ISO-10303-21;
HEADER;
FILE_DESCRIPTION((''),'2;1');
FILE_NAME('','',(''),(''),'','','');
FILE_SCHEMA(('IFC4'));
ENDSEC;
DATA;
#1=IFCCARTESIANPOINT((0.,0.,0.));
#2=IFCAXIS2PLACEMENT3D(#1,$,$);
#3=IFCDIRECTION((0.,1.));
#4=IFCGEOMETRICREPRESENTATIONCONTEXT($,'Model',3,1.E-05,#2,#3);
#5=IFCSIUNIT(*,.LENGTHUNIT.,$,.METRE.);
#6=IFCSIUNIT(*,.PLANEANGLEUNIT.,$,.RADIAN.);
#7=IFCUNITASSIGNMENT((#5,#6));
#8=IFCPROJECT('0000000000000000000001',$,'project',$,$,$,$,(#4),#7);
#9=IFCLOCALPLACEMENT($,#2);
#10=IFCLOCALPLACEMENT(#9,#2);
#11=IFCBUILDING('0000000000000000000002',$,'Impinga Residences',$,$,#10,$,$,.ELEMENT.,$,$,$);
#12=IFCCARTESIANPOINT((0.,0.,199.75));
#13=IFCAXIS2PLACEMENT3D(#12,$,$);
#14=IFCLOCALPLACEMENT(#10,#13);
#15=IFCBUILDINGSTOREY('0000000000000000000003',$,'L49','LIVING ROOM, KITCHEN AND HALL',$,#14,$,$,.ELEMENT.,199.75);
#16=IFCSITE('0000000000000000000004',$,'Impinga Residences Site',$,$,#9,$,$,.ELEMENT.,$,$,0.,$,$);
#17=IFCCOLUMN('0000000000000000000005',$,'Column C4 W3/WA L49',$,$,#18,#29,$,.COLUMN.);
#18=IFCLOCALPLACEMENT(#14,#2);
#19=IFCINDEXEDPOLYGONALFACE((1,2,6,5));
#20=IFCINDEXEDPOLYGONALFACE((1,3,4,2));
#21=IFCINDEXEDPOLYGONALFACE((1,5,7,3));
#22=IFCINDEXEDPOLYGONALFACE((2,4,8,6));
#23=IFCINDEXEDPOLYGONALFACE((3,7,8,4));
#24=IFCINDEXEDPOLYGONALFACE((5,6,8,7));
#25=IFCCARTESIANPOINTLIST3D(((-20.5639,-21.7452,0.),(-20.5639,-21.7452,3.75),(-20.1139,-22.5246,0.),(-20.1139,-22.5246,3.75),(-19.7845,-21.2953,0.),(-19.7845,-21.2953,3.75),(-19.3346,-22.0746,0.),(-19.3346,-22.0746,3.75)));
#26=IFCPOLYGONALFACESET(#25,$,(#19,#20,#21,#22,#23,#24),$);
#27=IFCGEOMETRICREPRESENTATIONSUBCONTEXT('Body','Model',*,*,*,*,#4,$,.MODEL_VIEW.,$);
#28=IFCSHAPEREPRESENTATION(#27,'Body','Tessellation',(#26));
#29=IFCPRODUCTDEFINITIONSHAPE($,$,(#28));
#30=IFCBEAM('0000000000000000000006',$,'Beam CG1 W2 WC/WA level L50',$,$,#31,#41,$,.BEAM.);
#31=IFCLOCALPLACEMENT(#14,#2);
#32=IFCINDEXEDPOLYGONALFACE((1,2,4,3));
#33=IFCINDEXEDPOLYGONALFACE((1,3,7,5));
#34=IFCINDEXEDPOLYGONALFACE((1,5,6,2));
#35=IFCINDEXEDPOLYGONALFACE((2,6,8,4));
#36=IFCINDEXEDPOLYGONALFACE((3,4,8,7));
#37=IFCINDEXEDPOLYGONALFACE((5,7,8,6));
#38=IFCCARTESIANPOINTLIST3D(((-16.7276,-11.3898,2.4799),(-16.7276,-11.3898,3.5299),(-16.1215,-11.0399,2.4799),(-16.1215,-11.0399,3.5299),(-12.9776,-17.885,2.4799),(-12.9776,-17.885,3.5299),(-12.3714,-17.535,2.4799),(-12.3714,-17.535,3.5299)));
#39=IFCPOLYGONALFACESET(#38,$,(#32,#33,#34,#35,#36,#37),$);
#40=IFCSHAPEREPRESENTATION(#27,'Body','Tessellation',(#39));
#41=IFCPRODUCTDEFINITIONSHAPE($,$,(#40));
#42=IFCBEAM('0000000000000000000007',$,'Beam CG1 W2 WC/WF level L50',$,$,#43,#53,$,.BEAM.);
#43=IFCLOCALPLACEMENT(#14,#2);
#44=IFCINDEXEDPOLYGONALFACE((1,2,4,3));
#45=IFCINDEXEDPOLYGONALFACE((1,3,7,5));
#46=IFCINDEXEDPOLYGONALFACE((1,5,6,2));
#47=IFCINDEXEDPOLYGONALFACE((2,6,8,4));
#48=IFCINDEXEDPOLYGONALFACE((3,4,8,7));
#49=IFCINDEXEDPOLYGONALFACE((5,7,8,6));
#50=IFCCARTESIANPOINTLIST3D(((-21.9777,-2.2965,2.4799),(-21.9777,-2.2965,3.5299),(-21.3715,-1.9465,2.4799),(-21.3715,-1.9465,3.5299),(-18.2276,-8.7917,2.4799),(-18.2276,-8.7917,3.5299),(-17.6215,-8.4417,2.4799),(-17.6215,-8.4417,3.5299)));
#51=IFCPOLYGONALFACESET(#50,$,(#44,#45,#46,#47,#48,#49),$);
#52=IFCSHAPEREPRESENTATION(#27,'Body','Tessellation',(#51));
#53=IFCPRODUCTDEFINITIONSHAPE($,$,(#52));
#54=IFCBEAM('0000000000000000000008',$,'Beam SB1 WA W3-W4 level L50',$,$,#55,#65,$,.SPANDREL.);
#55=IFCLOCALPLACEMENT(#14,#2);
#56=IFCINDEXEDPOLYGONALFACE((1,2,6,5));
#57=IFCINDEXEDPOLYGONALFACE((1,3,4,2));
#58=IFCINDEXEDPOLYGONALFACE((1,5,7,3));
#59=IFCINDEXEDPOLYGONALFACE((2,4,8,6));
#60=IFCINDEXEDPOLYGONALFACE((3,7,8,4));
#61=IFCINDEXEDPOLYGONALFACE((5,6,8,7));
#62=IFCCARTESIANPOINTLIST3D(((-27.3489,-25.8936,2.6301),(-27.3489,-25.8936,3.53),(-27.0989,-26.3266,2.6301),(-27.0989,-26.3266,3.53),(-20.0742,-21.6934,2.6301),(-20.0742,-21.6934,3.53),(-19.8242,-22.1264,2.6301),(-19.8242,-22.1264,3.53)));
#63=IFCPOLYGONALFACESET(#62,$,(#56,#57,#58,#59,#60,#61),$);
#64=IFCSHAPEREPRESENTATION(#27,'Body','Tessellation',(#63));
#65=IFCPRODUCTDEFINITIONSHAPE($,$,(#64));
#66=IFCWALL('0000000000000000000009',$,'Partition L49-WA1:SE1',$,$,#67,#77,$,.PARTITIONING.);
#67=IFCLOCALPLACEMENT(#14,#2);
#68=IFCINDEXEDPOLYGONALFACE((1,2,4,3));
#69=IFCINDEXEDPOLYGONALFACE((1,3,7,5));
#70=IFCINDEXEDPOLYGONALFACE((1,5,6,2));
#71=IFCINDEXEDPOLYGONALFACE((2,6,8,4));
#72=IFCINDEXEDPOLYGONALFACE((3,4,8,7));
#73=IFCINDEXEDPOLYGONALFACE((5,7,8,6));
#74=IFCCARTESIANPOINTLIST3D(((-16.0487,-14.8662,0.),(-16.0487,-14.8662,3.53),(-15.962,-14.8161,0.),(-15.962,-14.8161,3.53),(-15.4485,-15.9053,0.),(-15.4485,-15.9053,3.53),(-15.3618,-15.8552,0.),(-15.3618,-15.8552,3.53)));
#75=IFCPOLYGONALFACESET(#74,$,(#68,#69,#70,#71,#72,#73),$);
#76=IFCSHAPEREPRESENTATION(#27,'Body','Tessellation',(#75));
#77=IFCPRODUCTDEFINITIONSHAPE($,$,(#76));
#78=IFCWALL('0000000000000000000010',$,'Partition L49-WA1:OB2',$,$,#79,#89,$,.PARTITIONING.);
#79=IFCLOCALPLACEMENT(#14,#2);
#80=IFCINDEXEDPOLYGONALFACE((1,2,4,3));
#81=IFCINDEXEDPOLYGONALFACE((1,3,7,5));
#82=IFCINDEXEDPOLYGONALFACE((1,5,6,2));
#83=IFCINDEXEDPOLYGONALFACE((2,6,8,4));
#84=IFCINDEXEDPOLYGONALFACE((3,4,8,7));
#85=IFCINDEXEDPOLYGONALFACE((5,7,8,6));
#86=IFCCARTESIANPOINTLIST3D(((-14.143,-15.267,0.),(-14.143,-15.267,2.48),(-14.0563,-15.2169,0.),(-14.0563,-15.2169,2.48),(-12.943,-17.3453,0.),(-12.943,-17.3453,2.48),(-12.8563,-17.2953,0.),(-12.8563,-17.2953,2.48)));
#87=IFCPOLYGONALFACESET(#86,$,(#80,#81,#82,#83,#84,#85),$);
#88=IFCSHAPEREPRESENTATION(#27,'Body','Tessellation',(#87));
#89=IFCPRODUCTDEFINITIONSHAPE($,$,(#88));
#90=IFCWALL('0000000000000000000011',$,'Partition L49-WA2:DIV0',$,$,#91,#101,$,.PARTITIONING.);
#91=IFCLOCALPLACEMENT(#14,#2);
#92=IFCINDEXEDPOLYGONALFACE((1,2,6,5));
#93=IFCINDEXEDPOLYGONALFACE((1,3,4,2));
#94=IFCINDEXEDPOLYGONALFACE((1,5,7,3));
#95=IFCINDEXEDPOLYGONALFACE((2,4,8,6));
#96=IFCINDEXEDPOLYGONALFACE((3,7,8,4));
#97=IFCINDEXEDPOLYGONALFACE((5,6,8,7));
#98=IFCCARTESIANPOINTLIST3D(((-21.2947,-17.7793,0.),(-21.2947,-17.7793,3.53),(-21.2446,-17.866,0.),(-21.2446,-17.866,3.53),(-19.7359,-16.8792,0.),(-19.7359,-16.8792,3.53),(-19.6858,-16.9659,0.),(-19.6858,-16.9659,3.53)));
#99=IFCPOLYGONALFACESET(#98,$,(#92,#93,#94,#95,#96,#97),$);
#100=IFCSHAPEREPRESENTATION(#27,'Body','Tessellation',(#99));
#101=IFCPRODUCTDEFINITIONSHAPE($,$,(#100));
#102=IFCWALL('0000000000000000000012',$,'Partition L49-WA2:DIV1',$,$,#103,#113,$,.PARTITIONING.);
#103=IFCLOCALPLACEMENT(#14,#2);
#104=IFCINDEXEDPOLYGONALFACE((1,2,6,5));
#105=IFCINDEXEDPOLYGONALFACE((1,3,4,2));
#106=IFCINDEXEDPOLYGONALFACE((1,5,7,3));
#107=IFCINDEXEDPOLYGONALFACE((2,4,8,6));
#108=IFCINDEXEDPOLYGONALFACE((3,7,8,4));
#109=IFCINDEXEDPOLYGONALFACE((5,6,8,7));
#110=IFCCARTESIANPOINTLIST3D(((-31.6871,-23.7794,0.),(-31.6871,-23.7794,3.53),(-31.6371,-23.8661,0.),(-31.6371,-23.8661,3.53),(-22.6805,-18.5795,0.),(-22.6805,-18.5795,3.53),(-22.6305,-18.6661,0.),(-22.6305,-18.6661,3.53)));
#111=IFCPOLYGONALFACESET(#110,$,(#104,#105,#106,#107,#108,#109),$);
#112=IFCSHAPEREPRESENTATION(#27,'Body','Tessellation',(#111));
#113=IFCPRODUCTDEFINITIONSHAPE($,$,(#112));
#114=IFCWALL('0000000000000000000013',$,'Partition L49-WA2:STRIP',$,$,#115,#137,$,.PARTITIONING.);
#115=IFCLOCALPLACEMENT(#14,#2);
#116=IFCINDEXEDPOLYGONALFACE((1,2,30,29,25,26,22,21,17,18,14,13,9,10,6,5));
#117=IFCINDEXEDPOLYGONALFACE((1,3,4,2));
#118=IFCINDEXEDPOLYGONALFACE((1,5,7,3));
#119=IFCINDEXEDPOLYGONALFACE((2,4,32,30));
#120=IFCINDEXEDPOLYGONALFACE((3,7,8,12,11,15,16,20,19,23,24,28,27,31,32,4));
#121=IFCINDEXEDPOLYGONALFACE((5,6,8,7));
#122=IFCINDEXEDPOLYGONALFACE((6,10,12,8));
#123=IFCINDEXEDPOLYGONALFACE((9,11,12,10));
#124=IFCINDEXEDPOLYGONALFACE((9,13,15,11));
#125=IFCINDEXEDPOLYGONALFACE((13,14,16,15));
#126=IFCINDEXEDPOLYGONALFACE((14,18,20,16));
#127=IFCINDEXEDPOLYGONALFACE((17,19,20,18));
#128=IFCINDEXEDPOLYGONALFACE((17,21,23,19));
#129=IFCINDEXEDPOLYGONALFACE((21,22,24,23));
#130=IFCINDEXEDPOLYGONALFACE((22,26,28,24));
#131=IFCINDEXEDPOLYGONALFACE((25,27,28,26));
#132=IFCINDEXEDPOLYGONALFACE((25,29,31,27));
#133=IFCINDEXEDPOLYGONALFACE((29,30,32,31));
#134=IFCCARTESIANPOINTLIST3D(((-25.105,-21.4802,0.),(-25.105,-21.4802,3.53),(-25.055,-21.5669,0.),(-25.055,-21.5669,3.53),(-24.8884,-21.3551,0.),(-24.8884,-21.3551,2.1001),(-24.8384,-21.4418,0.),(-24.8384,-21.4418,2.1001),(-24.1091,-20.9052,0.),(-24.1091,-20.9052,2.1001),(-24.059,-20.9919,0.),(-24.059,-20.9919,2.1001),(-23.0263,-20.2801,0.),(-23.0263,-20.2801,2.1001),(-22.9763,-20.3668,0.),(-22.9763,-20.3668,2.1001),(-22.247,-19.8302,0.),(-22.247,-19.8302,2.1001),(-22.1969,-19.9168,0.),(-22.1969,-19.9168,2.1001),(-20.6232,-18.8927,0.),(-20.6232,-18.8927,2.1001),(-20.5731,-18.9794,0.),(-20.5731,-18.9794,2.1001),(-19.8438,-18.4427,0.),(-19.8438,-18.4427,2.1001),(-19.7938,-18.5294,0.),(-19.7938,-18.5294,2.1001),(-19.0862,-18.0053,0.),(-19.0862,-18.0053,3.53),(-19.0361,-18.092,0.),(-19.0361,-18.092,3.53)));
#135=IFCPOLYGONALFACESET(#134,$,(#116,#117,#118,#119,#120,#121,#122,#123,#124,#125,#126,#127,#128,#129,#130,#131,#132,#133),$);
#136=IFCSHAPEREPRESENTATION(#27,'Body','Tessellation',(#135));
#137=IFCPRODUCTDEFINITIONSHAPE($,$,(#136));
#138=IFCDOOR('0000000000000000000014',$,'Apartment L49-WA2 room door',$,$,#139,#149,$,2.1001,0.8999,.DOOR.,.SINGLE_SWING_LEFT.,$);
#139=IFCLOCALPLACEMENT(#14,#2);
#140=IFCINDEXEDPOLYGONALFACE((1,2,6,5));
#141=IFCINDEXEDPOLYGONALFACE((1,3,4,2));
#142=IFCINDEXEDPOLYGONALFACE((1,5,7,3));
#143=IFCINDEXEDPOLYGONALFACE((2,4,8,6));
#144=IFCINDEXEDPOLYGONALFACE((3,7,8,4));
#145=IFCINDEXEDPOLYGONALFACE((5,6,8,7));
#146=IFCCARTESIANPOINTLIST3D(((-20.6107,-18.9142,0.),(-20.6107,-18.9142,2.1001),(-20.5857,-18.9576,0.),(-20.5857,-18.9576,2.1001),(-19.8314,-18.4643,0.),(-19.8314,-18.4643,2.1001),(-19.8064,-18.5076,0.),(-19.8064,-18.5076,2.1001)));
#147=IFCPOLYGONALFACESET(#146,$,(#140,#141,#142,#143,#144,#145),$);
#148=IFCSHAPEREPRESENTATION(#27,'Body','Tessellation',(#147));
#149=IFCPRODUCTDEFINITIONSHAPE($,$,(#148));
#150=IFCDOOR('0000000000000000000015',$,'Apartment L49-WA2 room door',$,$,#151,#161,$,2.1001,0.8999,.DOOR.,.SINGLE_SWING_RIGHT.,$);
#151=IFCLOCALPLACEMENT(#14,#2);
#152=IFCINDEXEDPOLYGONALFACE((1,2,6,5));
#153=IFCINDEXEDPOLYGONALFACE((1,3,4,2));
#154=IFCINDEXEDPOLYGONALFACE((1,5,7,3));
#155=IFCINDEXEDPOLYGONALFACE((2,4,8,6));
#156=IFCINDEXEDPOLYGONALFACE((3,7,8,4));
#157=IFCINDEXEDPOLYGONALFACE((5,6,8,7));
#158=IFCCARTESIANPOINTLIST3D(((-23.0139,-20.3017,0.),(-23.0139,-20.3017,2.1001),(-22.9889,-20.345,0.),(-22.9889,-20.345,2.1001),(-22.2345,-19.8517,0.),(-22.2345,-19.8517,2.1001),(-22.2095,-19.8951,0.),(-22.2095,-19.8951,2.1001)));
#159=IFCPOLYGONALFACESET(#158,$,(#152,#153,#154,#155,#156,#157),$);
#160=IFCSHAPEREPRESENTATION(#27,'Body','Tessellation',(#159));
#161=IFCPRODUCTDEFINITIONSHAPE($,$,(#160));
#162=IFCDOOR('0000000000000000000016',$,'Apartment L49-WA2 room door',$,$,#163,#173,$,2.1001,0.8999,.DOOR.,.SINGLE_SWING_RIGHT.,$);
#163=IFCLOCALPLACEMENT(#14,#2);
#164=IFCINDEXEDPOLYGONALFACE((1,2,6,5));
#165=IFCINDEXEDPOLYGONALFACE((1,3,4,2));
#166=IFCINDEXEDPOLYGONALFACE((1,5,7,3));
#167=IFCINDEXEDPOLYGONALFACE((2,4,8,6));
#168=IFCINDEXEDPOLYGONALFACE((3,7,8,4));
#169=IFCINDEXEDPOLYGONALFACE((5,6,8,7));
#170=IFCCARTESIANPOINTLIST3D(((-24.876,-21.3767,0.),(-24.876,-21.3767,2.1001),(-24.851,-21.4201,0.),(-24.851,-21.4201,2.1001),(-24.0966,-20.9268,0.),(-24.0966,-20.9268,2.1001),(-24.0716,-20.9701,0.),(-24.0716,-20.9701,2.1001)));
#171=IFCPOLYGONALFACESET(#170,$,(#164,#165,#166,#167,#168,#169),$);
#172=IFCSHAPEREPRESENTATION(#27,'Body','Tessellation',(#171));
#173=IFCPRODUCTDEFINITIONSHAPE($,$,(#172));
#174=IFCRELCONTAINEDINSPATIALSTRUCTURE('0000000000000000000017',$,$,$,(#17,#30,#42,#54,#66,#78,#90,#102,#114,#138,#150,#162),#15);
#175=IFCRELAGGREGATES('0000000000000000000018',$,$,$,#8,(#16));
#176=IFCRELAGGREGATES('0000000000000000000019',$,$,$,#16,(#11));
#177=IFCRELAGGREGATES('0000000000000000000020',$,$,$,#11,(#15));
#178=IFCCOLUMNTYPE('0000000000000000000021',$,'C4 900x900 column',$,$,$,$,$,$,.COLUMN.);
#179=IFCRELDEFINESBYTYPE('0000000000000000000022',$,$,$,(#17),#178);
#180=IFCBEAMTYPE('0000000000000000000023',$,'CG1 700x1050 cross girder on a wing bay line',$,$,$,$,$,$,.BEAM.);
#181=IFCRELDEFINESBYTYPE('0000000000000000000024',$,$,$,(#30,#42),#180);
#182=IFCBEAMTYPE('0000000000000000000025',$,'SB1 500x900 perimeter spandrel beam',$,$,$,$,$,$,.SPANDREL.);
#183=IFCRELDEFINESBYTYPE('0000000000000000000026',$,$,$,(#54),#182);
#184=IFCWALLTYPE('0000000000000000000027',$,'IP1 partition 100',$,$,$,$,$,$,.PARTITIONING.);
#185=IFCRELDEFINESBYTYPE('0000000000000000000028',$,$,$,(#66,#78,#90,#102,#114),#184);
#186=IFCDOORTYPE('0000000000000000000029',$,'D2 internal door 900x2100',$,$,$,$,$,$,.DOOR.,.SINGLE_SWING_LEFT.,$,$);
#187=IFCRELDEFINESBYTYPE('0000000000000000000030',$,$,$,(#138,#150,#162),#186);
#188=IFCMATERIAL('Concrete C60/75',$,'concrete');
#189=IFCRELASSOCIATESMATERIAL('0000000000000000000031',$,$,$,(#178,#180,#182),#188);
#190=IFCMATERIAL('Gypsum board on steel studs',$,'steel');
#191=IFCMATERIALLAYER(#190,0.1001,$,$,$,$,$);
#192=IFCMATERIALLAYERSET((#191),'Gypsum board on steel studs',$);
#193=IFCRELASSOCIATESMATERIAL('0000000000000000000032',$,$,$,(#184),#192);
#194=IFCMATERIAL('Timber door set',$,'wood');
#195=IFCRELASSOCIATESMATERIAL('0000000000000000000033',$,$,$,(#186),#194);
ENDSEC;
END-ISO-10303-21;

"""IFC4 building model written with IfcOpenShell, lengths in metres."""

from ifc_helpers import new_model, si_unit, direction, frame, frame_2d, origin, origin_2d, place, context, subcontext, project, spatial, rectangle, extrude, material, layer, layer_set, material_profile, profile_set, type_object, element, fill, save


model = new_model("IFC4")

# Units and contexts
model_context = context("Model", 3, precision=1e-05, world=origin(), true_north=direction((0.0, 1.0)))
body_context = subcontext(model_context, "Body", "Model", "MODEL_VIEW")
ifc_project = project(units=[si_unit("LENGTHUNIT", "METRE"), si_unit("PLANEANGLEUNIT", "RADIAN")], contexts=[model_context])

# Site, building, storey
site_placement = place(None, origin())
site = spatial("IfcSite", under=ifc_project, at=site_placement, Name="Impinga Residences Site", CompositionType="ELEMENT", RefElevation=0.0)
building_placement = place(site_placement, origin())
building = spatial("IfcBuilding", under=site, at=building_placement, Name="Impinga Residences", CompositionType="ELEMENT")
storey_placement = place(building_placement, frame((0.0, 0.0, 199.75)))
storey = spatial("IfcBuildingStorey", under=building, at=storey_placement, Name="L49", Description="LIVING ROOM, KITCHEN AND HALL", CompositionType="ELEMENT", Elevation=199.75)

# Column
ifc_material_1 = material(Name="Concrete C60/75", Category="concrete")
ifc_material_profile_1 = material_profile(ifc_material_1, rectangle(XDim=0.8999, YDim=0.8999, at=origin_2d()), Name="RC 900x900")
ifc_profile_set_1 = profile_set([ifc_material_profile_1], Name="Concrete C60/75")
column_type = type_object("IfcColumnType", Name="C4 900x900 column", PredefinedType="COLUMN", material=ifc_profile_set_1)
column_placement = place(storey_placement, frame((-19.9492, -21.9099, 0.0), z_axis=(0.0, 0.0, 1.0), x_axis=(-0.5, 0.866025, 0.0)))
element("IfcColumn", 1, at=column_placement, inside=storey, type_object=column_type, Name="Column C4 W3/WA L49", PredefinedType="COLUMN", context=body_context, shape_type="SweptSolid", body=[
    extrude(rectangle(XDim=0.8999, YDim=0.8999, at=origin_2d()), origin(), (0.0, 0.0, 1.0), 3.75),
])

# Beams
ifc_material_profile_2 = material_profile(ifc_material_1, rectangle(XDim=0.7, YDim=1.05, at=origin_2d()), Name="RC 700x1050")
ifc_profile_set_2 = profile_set([ifc_material_profile_2], Name="Concrete C60/75")
beam_type_1 = type_object("IfcBeamType", Name="CG1 700x1050 cross girder on a wing bay line", PredefinedType="BEAM", material=ifc_profile_set_2)
for number, where, z_axis, x_axis, name in (
    (2, (-16.4246, -11.2148, 3.0049), (0.500004, -0.866023, 0.0), (0.866023, 0.500004, 0.0), "Beam CG1 W2 WC/WA level L50"),
    (3, (-17.9246, -8.6167, 3.0049), (-0.500004, 0.866023, 0.0), (-0.866023, -0.500004, 0.0), "Beam CG1 W2 WC/WF level L50"),
):
    element("IfcBeam", number, at=place(storey_placement, frame(where, z_axis=z_axis, x_axis=x_axis)), inside=storey, type_object=beam_type_1, Name=name, PredefinedType="BEAM", context=body_context, shape_type="SweptSolid", body=[
        extrude(rectangle(XDim=0.7, YDim=1.05, at=origin_2d()), origin(), (0.0, 0.0, 1.0), 7.5),
    ])
ifc_material_profile_3 = material_profile(ifc_material_1, rectangle(XDim=0.5, YDim=0.8999, at=origin_2d()), Name="RC 500x900")
ifc_profile_set_3 = profile_set([ifc_material_profile_3], Name="Concrete C60/75")
beam_type_2 = type_object("IfcBeamType", Name="SB1 500x900 perimeter spandrel beam", PredefinedType="SPANDREL", material=ifc_profile_set_3)
beam_placement = place(storey_placement, frame((-19.9492, -21.9099, 3.0801), z_axis=(-0.866017, -0.500015, 0.0), x_axis=(0.500015, -0.866017, 0.0)))
element("IfcBeam", 4, at=beam_placement, inside=storey, type_object=beam_type_2, Name="Beam SB1 WA W3-W4 level L50", PredefinedType="SPANDREL", context=body_context, shape_type="SweptSolid", body=[
    extrude(rectangle(XDim=0.5, YDim=0.8999, at=origin_2d()), origin(), (0.0, 0.0, 1.0), 8.4001),
])

# Walls
ifc_material_2 = material(Name="Gypsum board on steel studs", Category="steel")
ifc_layer_1 = layer(ifc_material_2, 0.1001)
ifc_layer_set_1 = layer_set([ifc_layer_1], Name="Gypsum board on steel studs")
wall_type_1 = type_object("IfcWallType", Name="IP1 partition 100", PredefinedType="PARTITIONING", material=ifc_layer_set_1)
wall_1_placement = place(storey_placement, frame((-16.0054, -14.8411, 0.0), z_axis=(0.0, 0.0, 1.0), x_axis=(0.500122, -0.865955, 0.0)))
element("IfcWall", 5, at=wall_1_placement, inside=storey, type_object=wall_type_1, Name="Partition L49-WA1:SE1", PredefinedType="PARTITIONING", context=body_context, shape_type="SweptSolid", body=[
    extrude(rectangle(XDim=1.2, YDim=0.1001, at=frame_2d((0.6001, 0.0))), origin(), (0.0, 0.0, 1.0), 3.53),
])
wall_2_placement = place(storey_placement, frame((-14.0996, -15.2419, 0.0), z_axis=(0.0, 0.0, 1.0), x_axis=(0.500001, -0.866025, 0.0)))
element("IfcWall", 6, at=wall_2_placement, inside=storey, type_object=wall_type_1, Name="Partition L49-WA1:OB2", PredefinedType="PARTITIONING", context=body_context, shape_type="SweptSolid", body=[
    extrude(rectangle(XDim=2.3999, YDim=0.1001, at=frame_2d((1.2, 0.0))), origin(), (0.0, 0.0, 1.0), 2.48),
])
wall_3_placement = place(storey_placement, frame((-19.7109, -16.9226, 0.0), z_axis=(0.0, 0.0, 1.0), x_axis=(-0.865989, -0.500063, 0.0)))
element("IfcWall", 7, at=wall_3_placement, inside=storey, type_object=wall_type_1, Name="Partition L49-WA2:DIV0", PredefinedType="PARTITIONING", context=body_context, shape_type="SweptSolid", body=[
    extrude(rectangle(XDim=1.8, YDim=0.1001, at=frame_2d((0.8999, 0.0))), origin(), (0.0, 0.0, 1.0), 3.53),
])
wall_4_placement = place(storey_placement, frame((-22.6555, -18.6228, 0.0), z_axis=(0.0, 0.0, 1.0), x_axis=(-0.866026, -0.499999, 0.0)))
element("IfcWall", 8, at=wall_4_placement, inside=storey, type_object=wall_type_1, Name="Partition L49-WA2:DIV1", PredefinedType="PARTITIONING", context=body_context, shape_type="SweptSolid", body=[
    extrude(rectangle(XDim=10.3999, YDim=0.1001, at=frame_2d((5.2, 0.0))), origin(), (0.0, 0.0, 1.0), 3.53),
])

# Wall, openings, doors
wall_5_placement = place(storey_placement, frame((-19.061, -18.0486, 0.0), z_axis=(0.0, 0.0, 1.0), x_axis=(-0.866032, -0.499989, 0.0)))
wall_5 = element("IfcWall", 9, at=wall_5_placement, inside=storey, type_object=wall_type_1, Name="Partition L49-WA2:STRIP", PredefinedType="PARTITIONING", context=body_context, shape_type="SweptSolid", body=[
    extrude(rectangle(XDim=6.95, YDim=0.1001, at=frame_2d((3.4751, 0.0))), origin(), (0.0, 0.0, 1.0), 3.53),
])
opening_1_placement = place(wall_5_placement, frame((0.875, 0.0, 0.0)))
opening_1 = element("IfcOpeningElement", 10, at=opening_1_placement, cuts=wall_5, PredefinedType="OPENING", context=body_context, shape_type="SweptSolid", body=[
    extrude(rectangle(XDim=0.8999, YDim=2.1001, at=frame_2d((0.45, 1.05))), frame((0.0, 0.0601, 0.0), z_axis=(0.0, -1.0, 0.0), x_axis=(1.0, 0.0, 0.0)), (0.0, 0.0, 1.0), 0.1201),
])
opening_2_placement = place(wall_5_placement, frame((3.6499, 0.0, 0.0)))
opening_2 = element("IfcOpeningElement", 11, at=opening_2_placement, cuts=wall_5, PredefinedType="OPENING", context=body_context, shape_type="SweptSolid", body=[
    extrude(rectangle(XDim=0.8999, YDim=2.1001, at=frame_2d((0.45, 1.05))), frame((0.0, 0.0601, 0.0), z_axis=(0.0, -1.0, 0.0), x_axis=(1.0, 0.0, 0.0)), (0.0, 0.0, 1.0), 0.1201),
])
opening_3_placement = place(wall_5_placement, frame((5.8, 0.0, 0.0)))
opening_3 = element("IfcOpeningElement", 12, at=opening_3_placement, cuts=wall_5, PredefinedType="OPENING", context=body_context, shape_type="SweptSolid", body=[
    extrude(rectangle(XDim=0.8999, YDim=2.1001, at=frame_2d((0.45, 1.05))), frame((0.0, 0.0601, 0.0), z_axis=(0.0, -1.0, 0.0), x_axis=(1.0, 0.0, 0.0)), (0.0, 0.0, 1.0), 0.1201),
])
ifc_material_3 = material(Name="Timber door set", Category="wood")
door_type = type_object("IfcDoorType", Name="D2 internal door 900x2100", OperationType="SINGLE_SWING_LEFT", PredefinedType="DOOR", material=ifc_material_3)
door_1_placement = place(opening_1_placement, origin())
door_1 = element("IfcDoor", 13, at=door_1_placement, inside=storey, type_object=door_type, Name="Apartment L49-WA2 room door", OperationType="SINGLE_SWING_LEFT", OverallHeight=2.1001, OverallWidth=0.8999, PredefinedType="DOOR", context=body_context, shape_type="SweptSolid", body=[
    extrude(rectangle(XDim=0.8999, YDim=2.1001, at=frame_2d((0.45, 1.05))), frame((0.0, 0.0249, 0.0), z_axis=(0.0, -1.0, 0.0), x_axis=(1.0, 0.0, 0.0)), (0.0, 0.0, 1.0), 0.05),
])
fill(opening_1, door_1)
door_2_placement = place(opening_2_placement, origin())
door_2 = element("IfcDoor", 14, at=door_2_placement, inside=storey, type_object=door_type, Name="Apartment L49-WA2 room door", OperationType="SINGLE_SWING_RIGHT", OverallHeight=2.1001, OverallWidth=0.8999, PredefinedType="DOOR", context=body_context, shape_type="SweptSolid", body=[
    extrude(rectangle(XDim=0.8999, YDim=2.1001, at=frame_2d((0.45, 1.05))), frame((0.0, 0.0249, 0.0), z_axis=(0.0, -1.0, 0.0), x_axis=(1.0, 0.0, 0.0)), (0.0, 0.0, 1.0), 0.05),
])
fill(opening_2, door_2)
door_3_placement = place(opening_3_placement, origin())
door_3 = element("IfcDoor", 15, at=door_3_placement, inside=storey, type_object=door_type, Name="Apartment L49-WA2 room door", OperationType="SINGLE_SWING_RIGHT", OverallHeight=2.1001, OverallWidth=0.8999, PredefinedType="DOOR", context=body_context, shape_type="SweptSolid", body=[
    extrude(rectangle(XDim=0.8999, YDim=2.1001, at=frame_2d((0.45, 1.05))), frame((0.0, 0.0249, 0.0), z_axis=(0.0, -1.0, 0.0), x_axis=(1.0, 0.0, 0.0)), (0.0, 0.0, 1.0), 0.05),
])
fill(opening_3, door_3)

save(model, "model.ifc")
